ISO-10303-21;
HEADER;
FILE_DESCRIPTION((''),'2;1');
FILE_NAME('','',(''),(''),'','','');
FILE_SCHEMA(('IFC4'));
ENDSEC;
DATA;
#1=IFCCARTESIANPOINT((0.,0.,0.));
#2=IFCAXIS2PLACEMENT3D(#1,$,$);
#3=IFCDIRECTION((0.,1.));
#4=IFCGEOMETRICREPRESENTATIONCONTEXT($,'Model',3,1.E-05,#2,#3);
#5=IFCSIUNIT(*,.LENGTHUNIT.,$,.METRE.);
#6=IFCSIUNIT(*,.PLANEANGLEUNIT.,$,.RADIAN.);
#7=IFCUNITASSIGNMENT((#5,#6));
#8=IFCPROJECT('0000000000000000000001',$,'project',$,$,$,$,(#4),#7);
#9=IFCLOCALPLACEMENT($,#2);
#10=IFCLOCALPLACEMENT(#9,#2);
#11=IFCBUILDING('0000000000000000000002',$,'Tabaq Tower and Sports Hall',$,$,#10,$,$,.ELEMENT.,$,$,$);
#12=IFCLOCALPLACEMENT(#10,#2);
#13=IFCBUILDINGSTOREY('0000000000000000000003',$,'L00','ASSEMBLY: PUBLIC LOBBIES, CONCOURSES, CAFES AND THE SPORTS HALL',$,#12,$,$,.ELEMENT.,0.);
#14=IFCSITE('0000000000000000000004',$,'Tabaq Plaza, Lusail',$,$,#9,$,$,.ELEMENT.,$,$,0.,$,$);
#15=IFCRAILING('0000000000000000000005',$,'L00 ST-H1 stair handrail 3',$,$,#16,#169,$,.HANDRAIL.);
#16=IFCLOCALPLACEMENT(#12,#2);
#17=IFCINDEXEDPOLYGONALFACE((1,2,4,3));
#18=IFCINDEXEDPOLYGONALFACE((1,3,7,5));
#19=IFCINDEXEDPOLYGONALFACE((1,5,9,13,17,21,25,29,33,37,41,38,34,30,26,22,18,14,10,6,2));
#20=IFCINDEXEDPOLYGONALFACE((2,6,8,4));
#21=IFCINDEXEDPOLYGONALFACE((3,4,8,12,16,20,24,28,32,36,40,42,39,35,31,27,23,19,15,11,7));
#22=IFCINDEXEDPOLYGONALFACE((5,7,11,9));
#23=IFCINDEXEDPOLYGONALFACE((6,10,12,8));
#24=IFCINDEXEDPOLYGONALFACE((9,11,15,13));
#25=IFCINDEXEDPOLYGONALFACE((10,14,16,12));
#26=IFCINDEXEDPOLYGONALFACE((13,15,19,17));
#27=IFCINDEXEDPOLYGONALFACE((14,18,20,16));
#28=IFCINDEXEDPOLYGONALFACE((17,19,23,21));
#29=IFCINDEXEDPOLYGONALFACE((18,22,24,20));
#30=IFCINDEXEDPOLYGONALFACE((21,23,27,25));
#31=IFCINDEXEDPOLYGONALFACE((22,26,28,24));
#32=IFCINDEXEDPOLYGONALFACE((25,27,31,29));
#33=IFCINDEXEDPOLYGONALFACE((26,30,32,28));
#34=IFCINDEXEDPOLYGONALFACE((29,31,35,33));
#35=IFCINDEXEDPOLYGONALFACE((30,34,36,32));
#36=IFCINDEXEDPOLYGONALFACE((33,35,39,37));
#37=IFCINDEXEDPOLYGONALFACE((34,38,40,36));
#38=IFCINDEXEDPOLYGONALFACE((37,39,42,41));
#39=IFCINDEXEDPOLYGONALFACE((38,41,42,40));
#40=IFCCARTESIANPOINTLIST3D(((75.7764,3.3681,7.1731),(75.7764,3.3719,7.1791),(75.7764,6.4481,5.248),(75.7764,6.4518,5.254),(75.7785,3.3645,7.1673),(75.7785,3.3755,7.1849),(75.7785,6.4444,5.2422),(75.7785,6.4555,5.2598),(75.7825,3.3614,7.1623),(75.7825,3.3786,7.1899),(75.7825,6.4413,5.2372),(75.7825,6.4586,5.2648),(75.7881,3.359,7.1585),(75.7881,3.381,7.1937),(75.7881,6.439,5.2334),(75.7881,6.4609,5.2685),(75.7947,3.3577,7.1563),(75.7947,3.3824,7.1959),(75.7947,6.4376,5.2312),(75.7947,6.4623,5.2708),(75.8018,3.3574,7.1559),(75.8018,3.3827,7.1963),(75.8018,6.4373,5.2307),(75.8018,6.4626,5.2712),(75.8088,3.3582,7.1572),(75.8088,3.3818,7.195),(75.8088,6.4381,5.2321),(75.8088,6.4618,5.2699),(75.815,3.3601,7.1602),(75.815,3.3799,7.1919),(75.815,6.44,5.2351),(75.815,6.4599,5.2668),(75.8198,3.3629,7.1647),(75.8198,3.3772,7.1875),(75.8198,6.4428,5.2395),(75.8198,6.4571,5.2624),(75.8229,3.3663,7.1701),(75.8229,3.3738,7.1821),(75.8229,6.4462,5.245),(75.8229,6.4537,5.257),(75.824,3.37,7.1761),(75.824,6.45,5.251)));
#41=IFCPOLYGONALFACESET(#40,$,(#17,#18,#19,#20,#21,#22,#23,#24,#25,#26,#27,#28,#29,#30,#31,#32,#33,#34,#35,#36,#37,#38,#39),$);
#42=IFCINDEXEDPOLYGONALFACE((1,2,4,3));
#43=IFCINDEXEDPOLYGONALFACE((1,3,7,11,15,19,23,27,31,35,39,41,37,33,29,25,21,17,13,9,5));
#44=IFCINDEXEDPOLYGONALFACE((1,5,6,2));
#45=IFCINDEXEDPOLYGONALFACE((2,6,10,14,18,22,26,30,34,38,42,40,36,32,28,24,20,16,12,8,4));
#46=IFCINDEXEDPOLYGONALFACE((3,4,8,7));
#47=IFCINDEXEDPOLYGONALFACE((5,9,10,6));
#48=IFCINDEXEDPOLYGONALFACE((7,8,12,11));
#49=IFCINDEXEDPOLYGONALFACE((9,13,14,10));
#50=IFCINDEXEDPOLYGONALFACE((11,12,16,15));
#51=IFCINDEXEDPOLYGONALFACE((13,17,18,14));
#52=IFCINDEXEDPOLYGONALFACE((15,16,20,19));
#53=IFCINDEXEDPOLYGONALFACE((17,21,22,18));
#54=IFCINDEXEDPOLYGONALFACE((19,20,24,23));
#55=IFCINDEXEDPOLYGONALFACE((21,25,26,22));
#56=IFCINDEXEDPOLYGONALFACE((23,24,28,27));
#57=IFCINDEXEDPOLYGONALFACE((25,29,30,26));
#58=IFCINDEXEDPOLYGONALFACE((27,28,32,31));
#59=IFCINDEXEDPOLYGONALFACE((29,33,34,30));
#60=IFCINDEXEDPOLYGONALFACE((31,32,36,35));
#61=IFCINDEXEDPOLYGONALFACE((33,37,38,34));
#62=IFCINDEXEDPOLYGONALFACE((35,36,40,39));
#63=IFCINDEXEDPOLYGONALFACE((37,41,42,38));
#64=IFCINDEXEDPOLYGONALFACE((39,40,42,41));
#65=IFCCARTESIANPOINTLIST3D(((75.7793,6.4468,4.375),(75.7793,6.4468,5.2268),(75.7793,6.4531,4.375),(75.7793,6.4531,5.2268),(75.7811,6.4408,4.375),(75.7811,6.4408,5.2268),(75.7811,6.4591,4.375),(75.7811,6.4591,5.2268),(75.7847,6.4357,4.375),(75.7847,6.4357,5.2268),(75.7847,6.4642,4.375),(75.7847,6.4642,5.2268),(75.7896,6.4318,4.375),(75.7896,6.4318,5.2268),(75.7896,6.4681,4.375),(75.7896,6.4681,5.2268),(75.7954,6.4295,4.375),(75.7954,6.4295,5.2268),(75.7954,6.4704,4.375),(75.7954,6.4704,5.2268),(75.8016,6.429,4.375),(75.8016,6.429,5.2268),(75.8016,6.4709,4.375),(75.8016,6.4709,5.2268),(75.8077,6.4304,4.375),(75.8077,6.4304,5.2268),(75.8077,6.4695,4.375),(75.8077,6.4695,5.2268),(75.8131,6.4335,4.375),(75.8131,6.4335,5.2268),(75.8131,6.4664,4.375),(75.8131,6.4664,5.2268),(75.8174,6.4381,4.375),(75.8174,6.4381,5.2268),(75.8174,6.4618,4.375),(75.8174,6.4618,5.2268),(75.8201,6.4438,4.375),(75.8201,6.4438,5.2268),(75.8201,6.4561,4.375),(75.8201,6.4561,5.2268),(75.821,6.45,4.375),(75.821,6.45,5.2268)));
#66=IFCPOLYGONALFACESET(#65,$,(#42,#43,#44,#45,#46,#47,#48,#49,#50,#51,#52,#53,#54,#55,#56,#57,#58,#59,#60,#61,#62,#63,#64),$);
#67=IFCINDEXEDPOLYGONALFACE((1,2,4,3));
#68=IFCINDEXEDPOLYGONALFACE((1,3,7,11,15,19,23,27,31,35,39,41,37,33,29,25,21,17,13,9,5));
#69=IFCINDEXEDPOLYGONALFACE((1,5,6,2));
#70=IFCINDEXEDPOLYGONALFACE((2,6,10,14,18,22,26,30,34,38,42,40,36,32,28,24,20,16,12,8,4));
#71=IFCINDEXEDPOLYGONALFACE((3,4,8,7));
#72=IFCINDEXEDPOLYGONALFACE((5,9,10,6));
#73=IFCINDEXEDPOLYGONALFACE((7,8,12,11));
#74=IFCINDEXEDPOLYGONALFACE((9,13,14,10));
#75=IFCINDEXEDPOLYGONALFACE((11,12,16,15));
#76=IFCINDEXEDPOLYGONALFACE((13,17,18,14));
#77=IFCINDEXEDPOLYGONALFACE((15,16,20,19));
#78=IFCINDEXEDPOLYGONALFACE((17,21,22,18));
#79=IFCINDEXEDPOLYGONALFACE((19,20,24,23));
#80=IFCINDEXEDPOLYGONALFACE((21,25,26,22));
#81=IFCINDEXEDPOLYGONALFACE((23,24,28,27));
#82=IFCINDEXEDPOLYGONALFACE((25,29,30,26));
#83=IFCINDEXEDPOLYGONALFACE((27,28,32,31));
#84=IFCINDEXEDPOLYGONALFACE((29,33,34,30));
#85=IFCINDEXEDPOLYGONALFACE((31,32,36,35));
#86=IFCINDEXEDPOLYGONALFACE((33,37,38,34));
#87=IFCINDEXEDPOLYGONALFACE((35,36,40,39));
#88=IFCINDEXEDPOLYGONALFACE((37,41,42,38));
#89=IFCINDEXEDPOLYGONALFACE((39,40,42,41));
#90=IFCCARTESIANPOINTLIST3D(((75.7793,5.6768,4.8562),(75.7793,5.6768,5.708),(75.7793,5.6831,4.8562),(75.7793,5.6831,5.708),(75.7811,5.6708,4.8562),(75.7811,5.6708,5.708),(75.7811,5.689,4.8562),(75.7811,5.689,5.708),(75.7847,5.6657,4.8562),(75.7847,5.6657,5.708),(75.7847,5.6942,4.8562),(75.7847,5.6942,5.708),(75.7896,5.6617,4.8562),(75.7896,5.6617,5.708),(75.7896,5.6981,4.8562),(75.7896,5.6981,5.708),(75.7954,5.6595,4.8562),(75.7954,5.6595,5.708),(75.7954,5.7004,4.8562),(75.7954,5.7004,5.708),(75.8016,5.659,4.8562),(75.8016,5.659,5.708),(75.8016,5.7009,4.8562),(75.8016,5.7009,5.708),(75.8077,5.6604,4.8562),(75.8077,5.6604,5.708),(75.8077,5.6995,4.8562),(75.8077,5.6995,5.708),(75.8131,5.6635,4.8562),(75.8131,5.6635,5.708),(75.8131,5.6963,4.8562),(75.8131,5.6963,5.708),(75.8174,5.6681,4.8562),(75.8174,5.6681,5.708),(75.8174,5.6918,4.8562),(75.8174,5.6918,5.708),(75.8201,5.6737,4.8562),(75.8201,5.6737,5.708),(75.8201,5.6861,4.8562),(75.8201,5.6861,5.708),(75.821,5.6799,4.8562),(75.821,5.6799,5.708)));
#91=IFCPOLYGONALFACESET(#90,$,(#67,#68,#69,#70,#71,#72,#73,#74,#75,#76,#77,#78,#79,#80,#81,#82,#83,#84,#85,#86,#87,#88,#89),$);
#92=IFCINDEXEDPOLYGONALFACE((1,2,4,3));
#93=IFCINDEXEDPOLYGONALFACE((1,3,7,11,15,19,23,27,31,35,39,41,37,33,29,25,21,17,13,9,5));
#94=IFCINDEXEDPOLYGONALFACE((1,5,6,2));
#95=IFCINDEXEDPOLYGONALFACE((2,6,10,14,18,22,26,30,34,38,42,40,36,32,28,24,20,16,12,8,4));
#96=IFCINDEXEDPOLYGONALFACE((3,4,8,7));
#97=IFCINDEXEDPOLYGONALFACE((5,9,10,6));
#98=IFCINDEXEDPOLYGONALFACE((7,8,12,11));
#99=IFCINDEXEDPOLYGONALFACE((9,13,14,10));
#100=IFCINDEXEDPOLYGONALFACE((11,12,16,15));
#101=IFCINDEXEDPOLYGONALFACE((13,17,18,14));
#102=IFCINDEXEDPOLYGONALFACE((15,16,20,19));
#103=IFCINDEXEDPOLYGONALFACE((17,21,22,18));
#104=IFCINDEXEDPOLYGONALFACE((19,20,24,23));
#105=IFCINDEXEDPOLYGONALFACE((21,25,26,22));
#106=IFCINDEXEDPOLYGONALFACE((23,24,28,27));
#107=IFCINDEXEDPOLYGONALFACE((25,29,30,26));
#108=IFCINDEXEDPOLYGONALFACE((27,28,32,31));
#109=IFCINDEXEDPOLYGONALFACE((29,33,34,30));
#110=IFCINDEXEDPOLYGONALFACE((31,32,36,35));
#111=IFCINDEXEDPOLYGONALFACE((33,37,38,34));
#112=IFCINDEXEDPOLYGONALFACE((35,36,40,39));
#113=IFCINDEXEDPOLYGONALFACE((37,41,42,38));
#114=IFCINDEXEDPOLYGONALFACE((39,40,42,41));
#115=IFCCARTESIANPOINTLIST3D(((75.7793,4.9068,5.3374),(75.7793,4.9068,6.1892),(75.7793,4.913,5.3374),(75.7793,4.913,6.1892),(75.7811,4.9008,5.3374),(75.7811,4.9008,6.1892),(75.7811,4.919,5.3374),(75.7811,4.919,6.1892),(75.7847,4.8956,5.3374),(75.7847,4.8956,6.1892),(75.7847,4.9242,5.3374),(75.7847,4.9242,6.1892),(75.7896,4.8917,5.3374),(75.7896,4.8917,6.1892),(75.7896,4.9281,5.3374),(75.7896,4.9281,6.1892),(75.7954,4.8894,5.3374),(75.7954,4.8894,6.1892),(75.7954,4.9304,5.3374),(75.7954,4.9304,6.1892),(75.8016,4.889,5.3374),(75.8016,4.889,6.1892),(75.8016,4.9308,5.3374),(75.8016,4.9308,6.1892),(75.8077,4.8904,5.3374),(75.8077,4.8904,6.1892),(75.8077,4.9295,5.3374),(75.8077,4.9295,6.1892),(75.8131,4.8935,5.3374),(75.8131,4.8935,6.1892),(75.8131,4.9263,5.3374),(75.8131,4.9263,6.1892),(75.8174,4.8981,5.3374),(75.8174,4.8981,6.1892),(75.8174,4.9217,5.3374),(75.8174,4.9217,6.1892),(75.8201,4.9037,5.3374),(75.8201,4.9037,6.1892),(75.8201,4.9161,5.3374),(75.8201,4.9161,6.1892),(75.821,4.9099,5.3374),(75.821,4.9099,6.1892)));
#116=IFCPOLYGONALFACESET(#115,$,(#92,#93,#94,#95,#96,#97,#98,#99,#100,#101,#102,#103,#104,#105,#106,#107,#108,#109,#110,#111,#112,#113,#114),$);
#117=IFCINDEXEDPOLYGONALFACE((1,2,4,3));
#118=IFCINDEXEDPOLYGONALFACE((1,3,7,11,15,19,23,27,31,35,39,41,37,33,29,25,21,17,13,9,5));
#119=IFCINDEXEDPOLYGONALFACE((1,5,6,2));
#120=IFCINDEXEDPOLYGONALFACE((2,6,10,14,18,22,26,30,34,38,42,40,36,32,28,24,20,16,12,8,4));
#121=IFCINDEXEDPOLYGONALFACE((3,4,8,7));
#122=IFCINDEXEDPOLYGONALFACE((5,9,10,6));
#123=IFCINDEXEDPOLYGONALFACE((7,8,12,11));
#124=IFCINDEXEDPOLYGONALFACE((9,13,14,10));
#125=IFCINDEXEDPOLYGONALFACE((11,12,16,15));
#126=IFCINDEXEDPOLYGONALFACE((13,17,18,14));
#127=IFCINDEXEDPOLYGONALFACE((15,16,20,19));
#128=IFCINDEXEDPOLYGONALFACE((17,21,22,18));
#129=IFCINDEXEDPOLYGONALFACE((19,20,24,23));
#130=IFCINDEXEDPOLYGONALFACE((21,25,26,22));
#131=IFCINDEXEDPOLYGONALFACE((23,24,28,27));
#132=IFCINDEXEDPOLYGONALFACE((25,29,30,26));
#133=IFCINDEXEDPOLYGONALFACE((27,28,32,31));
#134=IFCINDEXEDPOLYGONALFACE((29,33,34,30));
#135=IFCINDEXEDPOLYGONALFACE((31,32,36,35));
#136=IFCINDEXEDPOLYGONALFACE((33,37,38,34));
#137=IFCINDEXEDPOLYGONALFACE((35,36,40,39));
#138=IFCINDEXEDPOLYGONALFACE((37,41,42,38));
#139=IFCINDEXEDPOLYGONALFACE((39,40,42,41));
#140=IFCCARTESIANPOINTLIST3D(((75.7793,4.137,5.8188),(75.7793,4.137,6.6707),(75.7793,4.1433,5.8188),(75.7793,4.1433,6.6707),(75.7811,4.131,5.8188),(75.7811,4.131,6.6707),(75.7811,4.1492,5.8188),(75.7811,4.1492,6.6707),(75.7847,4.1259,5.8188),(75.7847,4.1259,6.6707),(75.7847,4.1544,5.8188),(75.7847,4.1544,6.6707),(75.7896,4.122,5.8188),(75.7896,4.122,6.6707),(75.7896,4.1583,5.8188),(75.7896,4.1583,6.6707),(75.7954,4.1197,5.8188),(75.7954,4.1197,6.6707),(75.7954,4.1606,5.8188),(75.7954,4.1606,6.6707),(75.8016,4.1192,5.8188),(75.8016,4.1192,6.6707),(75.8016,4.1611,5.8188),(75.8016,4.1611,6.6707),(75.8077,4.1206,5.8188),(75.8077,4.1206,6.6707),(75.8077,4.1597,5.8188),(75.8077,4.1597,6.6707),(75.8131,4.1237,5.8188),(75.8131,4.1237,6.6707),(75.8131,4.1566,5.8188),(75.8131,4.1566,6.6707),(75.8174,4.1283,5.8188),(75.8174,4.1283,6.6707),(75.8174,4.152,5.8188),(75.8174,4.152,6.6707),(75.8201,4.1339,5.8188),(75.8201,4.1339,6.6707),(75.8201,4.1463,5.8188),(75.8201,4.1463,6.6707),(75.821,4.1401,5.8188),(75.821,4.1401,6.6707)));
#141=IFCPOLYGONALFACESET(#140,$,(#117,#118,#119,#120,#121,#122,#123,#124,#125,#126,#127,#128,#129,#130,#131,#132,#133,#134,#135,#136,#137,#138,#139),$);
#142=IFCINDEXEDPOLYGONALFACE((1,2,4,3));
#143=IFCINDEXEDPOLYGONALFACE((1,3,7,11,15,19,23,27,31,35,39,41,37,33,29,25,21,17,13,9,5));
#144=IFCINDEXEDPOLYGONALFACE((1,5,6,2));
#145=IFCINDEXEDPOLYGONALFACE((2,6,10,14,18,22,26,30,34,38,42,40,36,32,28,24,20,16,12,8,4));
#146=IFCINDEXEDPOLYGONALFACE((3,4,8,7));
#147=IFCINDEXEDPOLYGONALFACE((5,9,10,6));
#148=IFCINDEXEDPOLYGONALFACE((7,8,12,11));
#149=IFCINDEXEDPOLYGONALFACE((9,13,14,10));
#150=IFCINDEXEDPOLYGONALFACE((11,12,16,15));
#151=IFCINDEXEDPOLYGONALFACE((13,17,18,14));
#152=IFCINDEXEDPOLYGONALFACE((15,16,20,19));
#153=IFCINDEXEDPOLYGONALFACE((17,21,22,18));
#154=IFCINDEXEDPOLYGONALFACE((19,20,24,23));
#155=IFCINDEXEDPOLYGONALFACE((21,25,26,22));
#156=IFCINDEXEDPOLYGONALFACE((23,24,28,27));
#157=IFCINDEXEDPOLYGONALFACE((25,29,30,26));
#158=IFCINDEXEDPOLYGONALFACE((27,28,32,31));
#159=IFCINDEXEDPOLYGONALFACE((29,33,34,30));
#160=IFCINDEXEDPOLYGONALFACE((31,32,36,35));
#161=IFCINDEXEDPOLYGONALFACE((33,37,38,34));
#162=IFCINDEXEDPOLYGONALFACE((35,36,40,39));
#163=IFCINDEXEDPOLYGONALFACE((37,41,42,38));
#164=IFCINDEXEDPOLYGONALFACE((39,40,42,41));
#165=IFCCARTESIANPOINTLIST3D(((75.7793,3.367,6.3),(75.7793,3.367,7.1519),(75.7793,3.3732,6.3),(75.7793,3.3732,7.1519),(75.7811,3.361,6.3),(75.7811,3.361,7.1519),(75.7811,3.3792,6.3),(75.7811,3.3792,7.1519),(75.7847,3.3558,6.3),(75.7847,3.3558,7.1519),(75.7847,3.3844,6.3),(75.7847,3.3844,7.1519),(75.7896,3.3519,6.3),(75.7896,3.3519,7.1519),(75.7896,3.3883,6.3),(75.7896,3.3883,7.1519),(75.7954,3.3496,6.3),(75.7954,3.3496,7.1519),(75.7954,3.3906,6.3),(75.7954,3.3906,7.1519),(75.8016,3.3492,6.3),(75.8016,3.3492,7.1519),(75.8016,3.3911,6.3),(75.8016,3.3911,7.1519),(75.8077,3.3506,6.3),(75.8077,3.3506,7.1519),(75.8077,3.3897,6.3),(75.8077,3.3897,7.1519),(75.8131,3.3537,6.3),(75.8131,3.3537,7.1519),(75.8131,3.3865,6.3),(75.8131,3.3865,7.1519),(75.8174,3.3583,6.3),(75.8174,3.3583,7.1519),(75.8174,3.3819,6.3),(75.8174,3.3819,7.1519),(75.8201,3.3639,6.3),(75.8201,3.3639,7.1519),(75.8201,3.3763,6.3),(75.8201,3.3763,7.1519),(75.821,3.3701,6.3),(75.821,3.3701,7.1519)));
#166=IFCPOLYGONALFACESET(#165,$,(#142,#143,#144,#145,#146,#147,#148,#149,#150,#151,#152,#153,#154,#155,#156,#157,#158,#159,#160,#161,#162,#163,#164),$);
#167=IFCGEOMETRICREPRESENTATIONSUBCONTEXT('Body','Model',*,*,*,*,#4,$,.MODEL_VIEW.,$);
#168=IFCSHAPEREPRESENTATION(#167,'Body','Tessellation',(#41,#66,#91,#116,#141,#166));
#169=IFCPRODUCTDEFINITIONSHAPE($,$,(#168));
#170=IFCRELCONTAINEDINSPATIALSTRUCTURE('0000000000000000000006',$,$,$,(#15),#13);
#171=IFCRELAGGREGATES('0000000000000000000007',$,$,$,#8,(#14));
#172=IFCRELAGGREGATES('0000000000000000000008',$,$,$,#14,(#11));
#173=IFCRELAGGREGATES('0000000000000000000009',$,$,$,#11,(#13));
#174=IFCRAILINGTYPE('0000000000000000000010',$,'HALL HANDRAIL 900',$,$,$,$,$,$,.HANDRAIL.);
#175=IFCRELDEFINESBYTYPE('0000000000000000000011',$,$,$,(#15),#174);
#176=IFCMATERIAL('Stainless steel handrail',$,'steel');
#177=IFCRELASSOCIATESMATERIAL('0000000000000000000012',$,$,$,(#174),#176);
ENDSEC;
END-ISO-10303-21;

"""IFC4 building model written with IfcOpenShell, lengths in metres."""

from ifc_helpers import new_model, si_unit, direction, frame, origin, origin_2d, place, context, subcontext, project, spatial, circle, extrude, material, type_object, element, save


model = new_model("IFC4")

# Units and contexts
model_context = context("Model", 3, precision=1e-05, world=origin(), true_north=direction((0.0, 1.0)))
body_context = subcontext(model_context, "Body", "Model", "MODEL_VIEW")
ifc_project = project(units=[si_unit("LENGTHUNIT", "METRE"), si_unit("PLANEANGLEUNIT", "RADIAN")], contexts=[model_context])

# Site, building, storey
site_placement = place(None, origin())
site = spatial("IfcSite", under=ifc_project, at=site_placement, Name="Tabaq Plaza, Lusail", CompositionType="ELEMENT", RefElevation=0.0)
building_placement = place(site_placement, origin())
building = spatial("IfcBuilding", under=site, at=building_placement, Name="Tabaq Tower and Sports Hall", CompositionType="ELEMENT")
storey_placement = place(building_placement, origin())
storey = spatial("IfcBuildingStorey", under=building, at=storey_placement, Name="L00", Description="ASSEMBLY: PUBLIC LOBBIES, CONCOURSES, CAFES AND THE SPORTS HALL", CompositionType="ELEMENT", Elevation=0.0)

# Railing
ifc_material_1 = material(Name="Stainless steel handrail", Category="steel")
railing_type_1 = type_object("IfcRailingType", Name="HALL HANDRAIL 900", PredefinedType="HANDRAIL", material=ifc_material_1)
railing_1_placement = place(storey_placement, frame((75.8, 6.45, 4.375)))
element("IfcRailing", 1, at=railing_1_placement, inside=storey, type_object=railing_type_1, Name="L00 ST-H1 stair handrail 3", PredefinedType="HANDRAIL", context=body_context, shape_type="SweptSolid", body=[
    extrude(circle(Radius=0.0239, at=origin_2d()), frame((0.0, 0.0, 0.876), z_axis=(0.0, -0.847979, 0.530029), x_axis=(1.0, 0.0, 0.0)), (0.0, 0.0, 1.0), 3.6321),
    extrude(circle(Radius=0.021, at=origin_2d()), origin(), (0.0, 0.0, 1.0), 0.8518),
    extrude(circle(Radius=0.021, at=origin_2d()), frame((0.0, -0.77, 0.4812)), (0.0, 0.0, 1.0), 0.8518),
    extrude(circle(Radius=0.021, at=origin_2d()), frame((0.0, -1.54, 0.9624)), (0.0, 0.0, 1.0), 0.8518),
    extrude(circle(Radius=0.021, at=origin_2d()), frame((0.0, -2.3098, 1.4438)), (0.0, 0.0, 1.0), 0.8518),
    extrude(circle(Radius=0.021, at=origin_2d()), frame((0.0, -3.0798, 1.925)), (0.0, 0.0, 1.0), 0.8518),
])

save(model, "model.ifc")
